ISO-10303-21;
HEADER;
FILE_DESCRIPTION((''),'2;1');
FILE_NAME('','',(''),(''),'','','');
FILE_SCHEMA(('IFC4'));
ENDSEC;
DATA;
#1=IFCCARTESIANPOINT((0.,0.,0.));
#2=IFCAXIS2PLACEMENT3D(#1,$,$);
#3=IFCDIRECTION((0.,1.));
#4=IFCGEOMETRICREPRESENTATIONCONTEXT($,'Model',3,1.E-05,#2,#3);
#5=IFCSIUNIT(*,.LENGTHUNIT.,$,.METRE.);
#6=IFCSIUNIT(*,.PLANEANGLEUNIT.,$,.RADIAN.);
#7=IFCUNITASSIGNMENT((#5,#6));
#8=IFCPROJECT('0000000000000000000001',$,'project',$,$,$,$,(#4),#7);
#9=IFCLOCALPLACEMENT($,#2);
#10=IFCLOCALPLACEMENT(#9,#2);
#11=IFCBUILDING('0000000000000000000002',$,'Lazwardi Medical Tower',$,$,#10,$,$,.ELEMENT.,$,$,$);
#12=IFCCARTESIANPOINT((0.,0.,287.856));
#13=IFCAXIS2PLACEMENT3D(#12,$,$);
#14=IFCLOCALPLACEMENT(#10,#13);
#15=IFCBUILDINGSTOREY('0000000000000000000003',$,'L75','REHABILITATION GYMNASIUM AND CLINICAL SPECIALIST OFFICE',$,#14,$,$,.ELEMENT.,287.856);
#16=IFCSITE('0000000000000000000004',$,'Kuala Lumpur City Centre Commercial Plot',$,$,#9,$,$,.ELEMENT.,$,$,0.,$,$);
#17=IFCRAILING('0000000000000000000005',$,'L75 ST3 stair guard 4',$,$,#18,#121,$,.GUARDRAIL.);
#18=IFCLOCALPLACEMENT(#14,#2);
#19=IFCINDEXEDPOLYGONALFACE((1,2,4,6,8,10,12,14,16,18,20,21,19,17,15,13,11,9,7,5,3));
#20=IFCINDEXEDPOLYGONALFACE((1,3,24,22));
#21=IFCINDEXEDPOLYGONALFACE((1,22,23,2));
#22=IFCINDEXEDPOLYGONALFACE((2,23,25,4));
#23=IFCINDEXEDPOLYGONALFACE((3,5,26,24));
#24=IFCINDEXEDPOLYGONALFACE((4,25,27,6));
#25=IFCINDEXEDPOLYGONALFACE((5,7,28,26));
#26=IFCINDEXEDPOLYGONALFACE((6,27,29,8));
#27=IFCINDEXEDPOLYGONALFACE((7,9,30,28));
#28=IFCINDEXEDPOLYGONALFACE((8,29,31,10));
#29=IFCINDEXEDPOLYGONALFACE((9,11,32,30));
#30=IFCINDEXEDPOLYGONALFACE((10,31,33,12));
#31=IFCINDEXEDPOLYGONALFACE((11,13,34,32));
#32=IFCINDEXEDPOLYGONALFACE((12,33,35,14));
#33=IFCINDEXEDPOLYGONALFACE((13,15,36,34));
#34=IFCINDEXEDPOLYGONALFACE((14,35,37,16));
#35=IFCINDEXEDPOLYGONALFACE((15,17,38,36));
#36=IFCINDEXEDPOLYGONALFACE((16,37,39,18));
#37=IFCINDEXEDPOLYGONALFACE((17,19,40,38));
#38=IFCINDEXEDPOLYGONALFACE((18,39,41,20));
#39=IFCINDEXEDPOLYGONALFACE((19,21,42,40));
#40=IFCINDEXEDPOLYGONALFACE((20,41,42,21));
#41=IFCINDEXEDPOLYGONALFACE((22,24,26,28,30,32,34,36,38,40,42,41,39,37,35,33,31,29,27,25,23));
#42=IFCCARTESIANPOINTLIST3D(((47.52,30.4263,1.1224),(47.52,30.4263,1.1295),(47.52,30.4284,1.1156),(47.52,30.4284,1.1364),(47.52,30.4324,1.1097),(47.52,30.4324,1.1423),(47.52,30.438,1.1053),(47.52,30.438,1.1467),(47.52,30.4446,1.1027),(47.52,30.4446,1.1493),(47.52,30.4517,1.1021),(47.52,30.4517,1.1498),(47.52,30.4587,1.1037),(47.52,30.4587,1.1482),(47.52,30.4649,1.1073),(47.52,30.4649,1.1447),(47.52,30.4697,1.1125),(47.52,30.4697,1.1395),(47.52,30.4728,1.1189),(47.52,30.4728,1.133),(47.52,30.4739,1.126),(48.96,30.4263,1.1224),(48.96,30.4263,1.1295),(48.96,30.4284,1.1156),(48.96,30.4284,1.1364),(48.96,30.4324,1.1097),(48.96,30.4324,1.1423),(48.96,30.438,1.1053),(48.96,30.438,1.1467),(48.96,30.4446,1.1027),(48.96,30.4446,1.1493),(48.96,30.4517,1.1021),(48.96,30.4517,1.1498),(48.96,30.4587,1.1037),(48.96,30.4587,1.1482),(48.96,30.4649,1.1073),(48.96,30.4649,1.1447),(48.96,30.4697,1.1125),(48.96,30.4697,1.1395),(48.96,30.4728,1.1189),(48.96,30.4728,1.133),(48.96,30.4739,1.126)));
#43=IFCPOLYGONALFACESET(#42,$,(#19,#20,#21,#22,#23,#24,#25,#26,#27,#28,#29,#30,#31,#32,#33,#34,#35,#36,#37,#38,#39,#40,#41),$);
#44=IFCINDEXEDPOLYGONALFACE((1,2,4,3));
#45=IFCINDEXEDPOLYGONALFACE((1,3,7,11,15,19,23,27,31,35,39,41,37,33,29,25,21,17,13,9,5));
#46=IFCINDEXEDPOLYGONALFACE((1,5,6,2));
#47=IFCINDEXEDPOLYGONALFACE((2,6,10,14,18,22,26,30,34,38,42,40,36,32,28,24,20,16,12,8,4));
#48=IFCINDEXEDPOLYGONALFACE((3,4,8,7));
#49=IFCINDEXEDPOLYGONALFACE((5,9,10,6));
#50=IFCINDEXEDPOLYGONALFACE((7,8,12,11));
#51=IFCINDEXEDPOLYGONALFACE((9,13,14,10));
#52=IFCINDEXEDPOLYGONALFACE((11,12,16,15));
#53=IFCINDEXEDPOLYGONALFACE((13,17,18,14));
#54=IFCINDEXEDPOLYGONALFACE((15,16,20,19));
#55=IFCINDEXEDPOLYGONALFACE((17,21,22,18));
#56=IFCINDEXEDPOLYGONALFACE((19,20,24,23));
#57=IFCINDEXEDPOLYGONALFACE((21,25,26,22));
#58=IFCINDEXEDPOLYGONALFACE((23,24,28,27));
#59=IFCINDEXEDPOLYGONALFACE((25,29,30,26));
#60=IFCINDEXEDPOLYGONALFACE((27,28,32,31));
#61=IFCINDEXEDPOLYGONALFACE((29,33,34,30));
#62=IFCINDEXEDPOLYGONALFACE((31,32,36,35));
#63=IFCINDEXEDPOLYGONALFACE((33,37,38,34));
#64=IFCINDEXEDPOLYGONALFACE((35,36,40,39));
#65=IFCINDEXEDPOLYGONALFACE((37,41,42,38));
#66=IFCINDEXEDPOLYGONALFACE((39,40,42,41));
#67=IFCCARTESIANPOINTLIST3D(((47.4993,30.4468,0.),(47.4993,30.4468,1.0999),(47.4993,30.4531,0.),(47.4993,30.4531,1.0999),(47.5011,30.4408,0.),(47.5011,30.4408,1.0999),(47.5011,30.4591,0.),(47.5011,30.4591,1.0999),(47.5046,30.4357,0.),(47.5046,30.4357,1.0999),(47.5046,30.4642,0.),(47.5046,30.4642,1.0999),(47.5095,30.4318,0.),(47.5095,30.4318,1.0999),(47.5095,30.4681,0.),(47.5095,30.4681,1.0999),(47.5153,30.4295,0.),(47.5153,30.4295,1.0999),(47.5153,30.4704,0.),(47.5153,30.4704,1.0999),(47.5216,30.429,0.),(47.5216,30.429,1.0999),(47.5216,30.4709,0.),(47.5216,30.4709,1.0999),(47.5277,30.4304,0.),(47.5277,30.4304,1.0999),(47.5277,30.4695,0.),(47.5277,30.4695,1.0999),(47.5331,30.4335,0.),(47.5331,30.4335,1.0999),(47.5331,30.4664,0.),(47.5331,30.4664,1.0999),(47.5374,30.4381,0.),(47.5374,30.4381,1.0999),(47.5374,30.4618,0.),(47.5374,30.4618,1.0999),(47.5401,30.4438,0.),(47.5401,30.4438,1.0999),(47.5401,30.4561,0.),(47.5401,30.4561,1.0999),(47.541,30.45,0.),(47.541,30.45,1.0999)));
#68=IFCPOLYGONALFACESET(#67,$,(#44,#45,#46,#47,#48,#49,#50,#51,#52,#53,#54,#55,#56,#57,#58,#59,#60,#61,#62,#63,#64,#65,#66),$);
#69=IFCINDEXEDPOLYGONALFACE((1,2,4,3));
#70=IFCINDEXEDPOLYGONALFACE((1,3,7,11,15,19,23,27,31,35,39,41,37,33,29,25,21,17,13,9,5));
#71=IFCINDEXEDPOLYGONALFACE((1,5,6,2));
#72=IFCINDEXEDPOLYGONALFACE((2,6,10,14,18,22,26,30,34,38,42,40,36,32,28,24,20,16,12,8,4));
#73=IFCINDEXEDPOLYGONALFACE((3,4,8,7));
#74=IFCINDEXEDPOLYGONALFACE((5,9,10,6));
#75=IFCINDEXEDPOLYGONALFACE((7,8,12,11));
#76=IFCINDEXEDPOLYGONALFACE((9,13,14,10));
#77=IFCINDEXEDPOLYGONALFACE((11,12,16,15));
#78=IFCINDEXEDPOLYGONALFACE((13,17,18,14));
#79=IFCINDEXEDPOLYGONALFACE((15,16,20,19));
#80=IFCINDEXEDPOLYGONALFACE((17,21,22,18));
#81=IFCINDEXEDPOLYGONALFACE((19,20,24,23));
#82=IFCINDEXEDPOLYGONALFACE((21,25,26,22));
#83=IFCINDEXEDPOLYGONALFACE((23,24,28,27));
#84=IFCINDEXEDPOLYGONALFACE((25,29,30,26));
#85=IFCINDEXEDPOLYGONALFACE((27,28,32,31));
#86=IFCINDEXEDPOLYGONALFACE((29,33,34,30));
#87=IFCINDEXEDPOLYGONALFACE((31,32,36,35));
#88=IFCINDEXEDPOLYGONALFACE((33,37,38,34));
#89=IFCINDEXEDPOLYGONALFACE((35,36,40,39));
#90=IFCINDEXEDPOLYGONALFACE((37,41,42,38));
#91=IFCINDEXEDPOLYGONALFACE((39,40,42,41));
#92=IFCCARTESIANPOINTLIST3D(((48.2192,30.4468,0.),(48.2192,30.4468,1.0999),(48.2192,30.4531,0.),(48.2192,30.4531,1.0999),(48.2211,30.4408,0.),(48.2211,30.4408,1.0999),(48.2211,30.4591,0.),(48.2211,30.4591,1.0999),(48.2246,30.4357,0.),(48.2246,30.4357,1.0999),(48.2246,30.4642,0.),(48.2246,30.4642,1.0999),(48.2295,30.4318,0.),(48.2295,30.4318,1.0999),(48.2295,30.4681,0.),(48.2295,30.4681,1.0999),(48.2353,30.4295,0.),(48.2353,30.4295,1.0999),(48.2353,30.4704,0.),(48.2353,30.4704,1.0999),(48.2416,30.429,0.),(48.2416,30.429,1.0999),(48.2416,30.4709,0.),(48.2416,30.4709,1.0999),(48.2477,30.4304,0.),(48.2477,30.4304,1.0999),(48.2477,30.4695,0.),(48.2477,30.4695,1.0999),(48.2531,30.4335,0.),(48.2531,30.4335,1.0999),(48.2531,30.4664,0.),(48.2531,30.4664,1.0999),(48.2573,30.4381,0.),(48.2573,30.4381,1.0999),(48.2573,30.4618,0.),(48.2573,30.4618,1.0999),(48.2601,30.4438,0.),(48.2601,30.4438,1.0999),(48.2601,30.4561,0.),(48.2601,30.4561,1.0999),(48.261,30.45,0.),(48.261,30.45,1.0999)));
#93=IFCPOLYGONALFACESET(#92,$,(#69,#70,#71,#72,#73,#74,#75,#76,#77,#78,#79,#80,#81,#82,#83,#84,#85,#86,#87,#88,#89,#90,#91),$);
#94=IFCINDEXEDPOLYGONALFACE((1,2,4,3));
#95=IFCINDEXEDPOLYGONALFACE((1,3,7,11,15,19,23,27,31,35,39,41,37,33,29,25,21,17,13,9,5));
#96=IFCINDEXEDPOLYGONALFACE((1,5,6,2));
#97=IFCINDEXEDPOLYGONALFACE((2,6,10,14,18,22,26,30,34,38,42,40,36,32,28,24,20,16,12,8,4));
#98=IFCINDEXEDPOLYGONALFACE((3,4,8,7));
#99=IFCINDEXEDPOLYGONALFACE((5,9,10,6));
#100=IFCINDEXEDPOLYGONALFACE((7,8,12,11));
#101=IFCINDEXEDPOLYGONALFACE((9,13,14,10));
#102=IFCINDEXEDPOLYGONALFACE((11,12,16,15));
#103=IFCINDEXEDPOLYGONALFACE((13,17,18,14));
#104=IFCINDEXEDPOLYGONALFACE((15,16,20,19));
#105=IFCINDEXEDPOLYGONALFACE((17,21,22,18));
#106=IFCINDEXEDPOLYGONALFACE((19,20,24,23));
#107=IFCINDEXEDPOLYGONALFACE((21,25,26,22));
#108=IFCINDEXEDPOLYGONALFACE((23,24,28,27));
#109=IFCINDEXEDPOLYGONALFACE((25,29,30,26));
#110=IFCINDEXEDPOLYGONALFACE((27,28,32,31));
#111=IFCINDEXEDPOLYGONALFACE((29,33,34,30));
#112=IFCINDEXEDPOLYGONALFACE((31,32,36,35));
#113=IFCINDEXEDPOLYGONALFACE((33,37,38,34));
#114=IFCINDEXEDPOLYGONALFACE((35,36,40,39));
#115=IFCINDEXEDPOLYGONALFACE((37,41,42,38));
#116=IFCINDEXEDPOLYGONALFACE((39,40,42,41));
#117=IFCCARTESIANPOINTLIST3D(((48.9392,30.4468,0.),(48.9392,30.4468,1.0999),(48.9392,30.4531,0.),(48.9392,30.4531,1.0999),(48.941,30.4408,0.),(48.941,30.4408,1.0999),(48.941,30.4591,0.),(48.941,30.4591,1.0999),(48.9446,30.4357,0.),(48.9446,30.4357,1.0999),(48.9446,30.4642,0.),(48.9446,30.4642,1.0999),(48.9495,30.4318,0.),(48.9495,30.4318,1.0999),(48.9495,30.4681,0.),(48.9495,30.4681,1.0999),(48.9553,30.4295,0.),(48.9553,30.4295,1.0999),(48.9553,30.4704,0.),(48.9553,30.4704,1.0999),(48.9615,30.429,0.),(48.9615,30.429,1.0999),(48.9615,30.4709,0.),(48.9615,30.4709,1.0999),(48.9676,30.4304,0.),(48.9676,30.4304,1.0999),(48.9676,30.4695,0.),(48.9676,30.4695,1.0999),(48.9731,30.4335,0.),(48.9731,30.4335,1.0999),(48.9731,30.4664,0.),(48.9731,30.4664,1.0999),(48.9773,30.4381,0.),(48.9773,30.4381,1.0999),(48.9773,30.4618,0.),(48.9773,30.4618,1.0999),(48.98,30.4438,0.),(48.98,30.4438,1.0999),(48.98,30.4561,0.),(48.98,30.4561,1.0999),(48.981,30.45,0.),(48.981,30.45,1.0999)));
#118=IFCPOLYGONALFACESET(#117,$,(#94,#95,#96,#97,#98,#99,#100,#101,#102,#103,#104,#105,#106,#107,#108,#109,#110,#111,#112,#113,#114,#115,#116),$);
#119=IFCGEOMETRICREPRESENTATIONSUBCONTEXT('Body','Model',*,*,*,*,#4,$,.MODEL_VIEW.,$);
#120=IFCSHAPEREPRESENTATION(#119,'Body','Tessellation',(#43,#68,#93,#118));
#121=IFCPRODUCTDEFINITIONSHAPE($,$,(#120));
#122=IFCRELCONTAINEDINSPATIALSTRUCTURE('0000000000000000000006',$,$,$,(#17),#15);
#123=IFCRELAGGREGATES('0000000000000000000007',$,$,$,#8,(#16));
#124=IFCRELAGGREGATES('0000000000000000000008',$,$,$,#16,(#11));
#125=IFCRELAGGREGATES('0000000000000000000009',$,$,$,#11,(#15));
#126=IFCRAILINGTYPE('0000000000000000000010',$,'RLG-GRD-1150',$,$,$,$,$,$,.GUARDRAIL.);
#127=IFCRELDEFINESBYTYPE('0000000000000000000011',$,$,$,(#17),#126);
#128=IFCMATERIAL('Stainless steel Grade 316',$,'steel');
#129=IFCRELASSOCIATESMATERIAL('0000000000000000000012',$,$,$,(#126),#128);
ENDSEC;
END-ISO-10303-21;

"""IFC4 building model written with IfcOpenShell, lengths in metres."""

from ifc_helpers import new_model, si_unit, direction, frame, origin, origin_2d, place, context, subcontext, project, spatial, circle, extrude, material, type_object, element, save


model = new_model("IFC4")

# Units and contexts
model_context = context("Model", 3, precision=1e-05, world=origin(), true_north=direction((0.0, 1.0)))
body_context = subcontext(model_context, "Body", "Model", "MODEL_VIEW")
ifc_project = project(units=[si_unit("LENGTHUNIT", "METRE"), si_unit("PLANEANGLEUNIT", "RADIAN")], contexts=[model_context])

# Site, building, storey
site_placement = place(None, origin())
site = spatial("IfcSite", under=ifc_project, at=site_placement, Name="Kuala Lumpur City Centre Commercial Plot", CompositionType="ELEMENT", RefElevation=0.0)
building_placement = place(site_placement, origin())
building = spatial("IfcBuilding", under=site, at=building_placement, Name="Lazwardi Medical Tower", CompositionType="ELEMENT")
storey_placement = place(building_placement, frame((0.0, 0.0, 287.856)))
storey = spatial("IfcBuildingStorey", under=building, at=storey_placement, Name="L75", Description="REHABILITATION GYMNASIUM AND CLINICAL SPECIALIST OFFICE", CompositionType="ELEMENT", Elevation=287.856)

# Railing
ifc_material_1 = material(Name="Stainless steel Grade 316", Category="steel")
railing_type_1 = type_object("IfcRailingType", Name="RLG-GRD-1150", PredefinedType="GUARDRAIL", material=ifc_material_1)
railing_1_placement = place(storey_placement, frame((47.52, 30.45, 0.0)))
element("IfcRailing", 1, at=railing_1_placement, inside=storey, type_object=railing_type_1, Name="L75 ST3 stair guard 4", PredefinedType="GUARDRAIL", context=body_context, shape_type="SweptSolid", body=[
    extrude(circle(Radius=0.0239, at=origin_2d()), frame((0.0, 0.0, 1.126), z_axis=(1.0, 0.0, 0.0), x_axis=(0.0, 1.0, 0.0)), (0.0, 0.0, 1.0), 1.4399),
    extrude(circle(Radius=0.021, at=origin_2d()), origin(), (0.0, 0.0, 1.0), 1.0999),
    extrude(circle(Radius=0.021, at=origin_2d()), frame((0.72, 0.0, 0.0)), (0.0, 0.0, 1.0), 1.0999),
    extrude(circle(Radius=0.021, at=origin_2d()), frame((1.4399, 0.0, 0.0)), (0.0, 0.0, 1.0), 1.0999),
])

save(model, "model.ifc")
